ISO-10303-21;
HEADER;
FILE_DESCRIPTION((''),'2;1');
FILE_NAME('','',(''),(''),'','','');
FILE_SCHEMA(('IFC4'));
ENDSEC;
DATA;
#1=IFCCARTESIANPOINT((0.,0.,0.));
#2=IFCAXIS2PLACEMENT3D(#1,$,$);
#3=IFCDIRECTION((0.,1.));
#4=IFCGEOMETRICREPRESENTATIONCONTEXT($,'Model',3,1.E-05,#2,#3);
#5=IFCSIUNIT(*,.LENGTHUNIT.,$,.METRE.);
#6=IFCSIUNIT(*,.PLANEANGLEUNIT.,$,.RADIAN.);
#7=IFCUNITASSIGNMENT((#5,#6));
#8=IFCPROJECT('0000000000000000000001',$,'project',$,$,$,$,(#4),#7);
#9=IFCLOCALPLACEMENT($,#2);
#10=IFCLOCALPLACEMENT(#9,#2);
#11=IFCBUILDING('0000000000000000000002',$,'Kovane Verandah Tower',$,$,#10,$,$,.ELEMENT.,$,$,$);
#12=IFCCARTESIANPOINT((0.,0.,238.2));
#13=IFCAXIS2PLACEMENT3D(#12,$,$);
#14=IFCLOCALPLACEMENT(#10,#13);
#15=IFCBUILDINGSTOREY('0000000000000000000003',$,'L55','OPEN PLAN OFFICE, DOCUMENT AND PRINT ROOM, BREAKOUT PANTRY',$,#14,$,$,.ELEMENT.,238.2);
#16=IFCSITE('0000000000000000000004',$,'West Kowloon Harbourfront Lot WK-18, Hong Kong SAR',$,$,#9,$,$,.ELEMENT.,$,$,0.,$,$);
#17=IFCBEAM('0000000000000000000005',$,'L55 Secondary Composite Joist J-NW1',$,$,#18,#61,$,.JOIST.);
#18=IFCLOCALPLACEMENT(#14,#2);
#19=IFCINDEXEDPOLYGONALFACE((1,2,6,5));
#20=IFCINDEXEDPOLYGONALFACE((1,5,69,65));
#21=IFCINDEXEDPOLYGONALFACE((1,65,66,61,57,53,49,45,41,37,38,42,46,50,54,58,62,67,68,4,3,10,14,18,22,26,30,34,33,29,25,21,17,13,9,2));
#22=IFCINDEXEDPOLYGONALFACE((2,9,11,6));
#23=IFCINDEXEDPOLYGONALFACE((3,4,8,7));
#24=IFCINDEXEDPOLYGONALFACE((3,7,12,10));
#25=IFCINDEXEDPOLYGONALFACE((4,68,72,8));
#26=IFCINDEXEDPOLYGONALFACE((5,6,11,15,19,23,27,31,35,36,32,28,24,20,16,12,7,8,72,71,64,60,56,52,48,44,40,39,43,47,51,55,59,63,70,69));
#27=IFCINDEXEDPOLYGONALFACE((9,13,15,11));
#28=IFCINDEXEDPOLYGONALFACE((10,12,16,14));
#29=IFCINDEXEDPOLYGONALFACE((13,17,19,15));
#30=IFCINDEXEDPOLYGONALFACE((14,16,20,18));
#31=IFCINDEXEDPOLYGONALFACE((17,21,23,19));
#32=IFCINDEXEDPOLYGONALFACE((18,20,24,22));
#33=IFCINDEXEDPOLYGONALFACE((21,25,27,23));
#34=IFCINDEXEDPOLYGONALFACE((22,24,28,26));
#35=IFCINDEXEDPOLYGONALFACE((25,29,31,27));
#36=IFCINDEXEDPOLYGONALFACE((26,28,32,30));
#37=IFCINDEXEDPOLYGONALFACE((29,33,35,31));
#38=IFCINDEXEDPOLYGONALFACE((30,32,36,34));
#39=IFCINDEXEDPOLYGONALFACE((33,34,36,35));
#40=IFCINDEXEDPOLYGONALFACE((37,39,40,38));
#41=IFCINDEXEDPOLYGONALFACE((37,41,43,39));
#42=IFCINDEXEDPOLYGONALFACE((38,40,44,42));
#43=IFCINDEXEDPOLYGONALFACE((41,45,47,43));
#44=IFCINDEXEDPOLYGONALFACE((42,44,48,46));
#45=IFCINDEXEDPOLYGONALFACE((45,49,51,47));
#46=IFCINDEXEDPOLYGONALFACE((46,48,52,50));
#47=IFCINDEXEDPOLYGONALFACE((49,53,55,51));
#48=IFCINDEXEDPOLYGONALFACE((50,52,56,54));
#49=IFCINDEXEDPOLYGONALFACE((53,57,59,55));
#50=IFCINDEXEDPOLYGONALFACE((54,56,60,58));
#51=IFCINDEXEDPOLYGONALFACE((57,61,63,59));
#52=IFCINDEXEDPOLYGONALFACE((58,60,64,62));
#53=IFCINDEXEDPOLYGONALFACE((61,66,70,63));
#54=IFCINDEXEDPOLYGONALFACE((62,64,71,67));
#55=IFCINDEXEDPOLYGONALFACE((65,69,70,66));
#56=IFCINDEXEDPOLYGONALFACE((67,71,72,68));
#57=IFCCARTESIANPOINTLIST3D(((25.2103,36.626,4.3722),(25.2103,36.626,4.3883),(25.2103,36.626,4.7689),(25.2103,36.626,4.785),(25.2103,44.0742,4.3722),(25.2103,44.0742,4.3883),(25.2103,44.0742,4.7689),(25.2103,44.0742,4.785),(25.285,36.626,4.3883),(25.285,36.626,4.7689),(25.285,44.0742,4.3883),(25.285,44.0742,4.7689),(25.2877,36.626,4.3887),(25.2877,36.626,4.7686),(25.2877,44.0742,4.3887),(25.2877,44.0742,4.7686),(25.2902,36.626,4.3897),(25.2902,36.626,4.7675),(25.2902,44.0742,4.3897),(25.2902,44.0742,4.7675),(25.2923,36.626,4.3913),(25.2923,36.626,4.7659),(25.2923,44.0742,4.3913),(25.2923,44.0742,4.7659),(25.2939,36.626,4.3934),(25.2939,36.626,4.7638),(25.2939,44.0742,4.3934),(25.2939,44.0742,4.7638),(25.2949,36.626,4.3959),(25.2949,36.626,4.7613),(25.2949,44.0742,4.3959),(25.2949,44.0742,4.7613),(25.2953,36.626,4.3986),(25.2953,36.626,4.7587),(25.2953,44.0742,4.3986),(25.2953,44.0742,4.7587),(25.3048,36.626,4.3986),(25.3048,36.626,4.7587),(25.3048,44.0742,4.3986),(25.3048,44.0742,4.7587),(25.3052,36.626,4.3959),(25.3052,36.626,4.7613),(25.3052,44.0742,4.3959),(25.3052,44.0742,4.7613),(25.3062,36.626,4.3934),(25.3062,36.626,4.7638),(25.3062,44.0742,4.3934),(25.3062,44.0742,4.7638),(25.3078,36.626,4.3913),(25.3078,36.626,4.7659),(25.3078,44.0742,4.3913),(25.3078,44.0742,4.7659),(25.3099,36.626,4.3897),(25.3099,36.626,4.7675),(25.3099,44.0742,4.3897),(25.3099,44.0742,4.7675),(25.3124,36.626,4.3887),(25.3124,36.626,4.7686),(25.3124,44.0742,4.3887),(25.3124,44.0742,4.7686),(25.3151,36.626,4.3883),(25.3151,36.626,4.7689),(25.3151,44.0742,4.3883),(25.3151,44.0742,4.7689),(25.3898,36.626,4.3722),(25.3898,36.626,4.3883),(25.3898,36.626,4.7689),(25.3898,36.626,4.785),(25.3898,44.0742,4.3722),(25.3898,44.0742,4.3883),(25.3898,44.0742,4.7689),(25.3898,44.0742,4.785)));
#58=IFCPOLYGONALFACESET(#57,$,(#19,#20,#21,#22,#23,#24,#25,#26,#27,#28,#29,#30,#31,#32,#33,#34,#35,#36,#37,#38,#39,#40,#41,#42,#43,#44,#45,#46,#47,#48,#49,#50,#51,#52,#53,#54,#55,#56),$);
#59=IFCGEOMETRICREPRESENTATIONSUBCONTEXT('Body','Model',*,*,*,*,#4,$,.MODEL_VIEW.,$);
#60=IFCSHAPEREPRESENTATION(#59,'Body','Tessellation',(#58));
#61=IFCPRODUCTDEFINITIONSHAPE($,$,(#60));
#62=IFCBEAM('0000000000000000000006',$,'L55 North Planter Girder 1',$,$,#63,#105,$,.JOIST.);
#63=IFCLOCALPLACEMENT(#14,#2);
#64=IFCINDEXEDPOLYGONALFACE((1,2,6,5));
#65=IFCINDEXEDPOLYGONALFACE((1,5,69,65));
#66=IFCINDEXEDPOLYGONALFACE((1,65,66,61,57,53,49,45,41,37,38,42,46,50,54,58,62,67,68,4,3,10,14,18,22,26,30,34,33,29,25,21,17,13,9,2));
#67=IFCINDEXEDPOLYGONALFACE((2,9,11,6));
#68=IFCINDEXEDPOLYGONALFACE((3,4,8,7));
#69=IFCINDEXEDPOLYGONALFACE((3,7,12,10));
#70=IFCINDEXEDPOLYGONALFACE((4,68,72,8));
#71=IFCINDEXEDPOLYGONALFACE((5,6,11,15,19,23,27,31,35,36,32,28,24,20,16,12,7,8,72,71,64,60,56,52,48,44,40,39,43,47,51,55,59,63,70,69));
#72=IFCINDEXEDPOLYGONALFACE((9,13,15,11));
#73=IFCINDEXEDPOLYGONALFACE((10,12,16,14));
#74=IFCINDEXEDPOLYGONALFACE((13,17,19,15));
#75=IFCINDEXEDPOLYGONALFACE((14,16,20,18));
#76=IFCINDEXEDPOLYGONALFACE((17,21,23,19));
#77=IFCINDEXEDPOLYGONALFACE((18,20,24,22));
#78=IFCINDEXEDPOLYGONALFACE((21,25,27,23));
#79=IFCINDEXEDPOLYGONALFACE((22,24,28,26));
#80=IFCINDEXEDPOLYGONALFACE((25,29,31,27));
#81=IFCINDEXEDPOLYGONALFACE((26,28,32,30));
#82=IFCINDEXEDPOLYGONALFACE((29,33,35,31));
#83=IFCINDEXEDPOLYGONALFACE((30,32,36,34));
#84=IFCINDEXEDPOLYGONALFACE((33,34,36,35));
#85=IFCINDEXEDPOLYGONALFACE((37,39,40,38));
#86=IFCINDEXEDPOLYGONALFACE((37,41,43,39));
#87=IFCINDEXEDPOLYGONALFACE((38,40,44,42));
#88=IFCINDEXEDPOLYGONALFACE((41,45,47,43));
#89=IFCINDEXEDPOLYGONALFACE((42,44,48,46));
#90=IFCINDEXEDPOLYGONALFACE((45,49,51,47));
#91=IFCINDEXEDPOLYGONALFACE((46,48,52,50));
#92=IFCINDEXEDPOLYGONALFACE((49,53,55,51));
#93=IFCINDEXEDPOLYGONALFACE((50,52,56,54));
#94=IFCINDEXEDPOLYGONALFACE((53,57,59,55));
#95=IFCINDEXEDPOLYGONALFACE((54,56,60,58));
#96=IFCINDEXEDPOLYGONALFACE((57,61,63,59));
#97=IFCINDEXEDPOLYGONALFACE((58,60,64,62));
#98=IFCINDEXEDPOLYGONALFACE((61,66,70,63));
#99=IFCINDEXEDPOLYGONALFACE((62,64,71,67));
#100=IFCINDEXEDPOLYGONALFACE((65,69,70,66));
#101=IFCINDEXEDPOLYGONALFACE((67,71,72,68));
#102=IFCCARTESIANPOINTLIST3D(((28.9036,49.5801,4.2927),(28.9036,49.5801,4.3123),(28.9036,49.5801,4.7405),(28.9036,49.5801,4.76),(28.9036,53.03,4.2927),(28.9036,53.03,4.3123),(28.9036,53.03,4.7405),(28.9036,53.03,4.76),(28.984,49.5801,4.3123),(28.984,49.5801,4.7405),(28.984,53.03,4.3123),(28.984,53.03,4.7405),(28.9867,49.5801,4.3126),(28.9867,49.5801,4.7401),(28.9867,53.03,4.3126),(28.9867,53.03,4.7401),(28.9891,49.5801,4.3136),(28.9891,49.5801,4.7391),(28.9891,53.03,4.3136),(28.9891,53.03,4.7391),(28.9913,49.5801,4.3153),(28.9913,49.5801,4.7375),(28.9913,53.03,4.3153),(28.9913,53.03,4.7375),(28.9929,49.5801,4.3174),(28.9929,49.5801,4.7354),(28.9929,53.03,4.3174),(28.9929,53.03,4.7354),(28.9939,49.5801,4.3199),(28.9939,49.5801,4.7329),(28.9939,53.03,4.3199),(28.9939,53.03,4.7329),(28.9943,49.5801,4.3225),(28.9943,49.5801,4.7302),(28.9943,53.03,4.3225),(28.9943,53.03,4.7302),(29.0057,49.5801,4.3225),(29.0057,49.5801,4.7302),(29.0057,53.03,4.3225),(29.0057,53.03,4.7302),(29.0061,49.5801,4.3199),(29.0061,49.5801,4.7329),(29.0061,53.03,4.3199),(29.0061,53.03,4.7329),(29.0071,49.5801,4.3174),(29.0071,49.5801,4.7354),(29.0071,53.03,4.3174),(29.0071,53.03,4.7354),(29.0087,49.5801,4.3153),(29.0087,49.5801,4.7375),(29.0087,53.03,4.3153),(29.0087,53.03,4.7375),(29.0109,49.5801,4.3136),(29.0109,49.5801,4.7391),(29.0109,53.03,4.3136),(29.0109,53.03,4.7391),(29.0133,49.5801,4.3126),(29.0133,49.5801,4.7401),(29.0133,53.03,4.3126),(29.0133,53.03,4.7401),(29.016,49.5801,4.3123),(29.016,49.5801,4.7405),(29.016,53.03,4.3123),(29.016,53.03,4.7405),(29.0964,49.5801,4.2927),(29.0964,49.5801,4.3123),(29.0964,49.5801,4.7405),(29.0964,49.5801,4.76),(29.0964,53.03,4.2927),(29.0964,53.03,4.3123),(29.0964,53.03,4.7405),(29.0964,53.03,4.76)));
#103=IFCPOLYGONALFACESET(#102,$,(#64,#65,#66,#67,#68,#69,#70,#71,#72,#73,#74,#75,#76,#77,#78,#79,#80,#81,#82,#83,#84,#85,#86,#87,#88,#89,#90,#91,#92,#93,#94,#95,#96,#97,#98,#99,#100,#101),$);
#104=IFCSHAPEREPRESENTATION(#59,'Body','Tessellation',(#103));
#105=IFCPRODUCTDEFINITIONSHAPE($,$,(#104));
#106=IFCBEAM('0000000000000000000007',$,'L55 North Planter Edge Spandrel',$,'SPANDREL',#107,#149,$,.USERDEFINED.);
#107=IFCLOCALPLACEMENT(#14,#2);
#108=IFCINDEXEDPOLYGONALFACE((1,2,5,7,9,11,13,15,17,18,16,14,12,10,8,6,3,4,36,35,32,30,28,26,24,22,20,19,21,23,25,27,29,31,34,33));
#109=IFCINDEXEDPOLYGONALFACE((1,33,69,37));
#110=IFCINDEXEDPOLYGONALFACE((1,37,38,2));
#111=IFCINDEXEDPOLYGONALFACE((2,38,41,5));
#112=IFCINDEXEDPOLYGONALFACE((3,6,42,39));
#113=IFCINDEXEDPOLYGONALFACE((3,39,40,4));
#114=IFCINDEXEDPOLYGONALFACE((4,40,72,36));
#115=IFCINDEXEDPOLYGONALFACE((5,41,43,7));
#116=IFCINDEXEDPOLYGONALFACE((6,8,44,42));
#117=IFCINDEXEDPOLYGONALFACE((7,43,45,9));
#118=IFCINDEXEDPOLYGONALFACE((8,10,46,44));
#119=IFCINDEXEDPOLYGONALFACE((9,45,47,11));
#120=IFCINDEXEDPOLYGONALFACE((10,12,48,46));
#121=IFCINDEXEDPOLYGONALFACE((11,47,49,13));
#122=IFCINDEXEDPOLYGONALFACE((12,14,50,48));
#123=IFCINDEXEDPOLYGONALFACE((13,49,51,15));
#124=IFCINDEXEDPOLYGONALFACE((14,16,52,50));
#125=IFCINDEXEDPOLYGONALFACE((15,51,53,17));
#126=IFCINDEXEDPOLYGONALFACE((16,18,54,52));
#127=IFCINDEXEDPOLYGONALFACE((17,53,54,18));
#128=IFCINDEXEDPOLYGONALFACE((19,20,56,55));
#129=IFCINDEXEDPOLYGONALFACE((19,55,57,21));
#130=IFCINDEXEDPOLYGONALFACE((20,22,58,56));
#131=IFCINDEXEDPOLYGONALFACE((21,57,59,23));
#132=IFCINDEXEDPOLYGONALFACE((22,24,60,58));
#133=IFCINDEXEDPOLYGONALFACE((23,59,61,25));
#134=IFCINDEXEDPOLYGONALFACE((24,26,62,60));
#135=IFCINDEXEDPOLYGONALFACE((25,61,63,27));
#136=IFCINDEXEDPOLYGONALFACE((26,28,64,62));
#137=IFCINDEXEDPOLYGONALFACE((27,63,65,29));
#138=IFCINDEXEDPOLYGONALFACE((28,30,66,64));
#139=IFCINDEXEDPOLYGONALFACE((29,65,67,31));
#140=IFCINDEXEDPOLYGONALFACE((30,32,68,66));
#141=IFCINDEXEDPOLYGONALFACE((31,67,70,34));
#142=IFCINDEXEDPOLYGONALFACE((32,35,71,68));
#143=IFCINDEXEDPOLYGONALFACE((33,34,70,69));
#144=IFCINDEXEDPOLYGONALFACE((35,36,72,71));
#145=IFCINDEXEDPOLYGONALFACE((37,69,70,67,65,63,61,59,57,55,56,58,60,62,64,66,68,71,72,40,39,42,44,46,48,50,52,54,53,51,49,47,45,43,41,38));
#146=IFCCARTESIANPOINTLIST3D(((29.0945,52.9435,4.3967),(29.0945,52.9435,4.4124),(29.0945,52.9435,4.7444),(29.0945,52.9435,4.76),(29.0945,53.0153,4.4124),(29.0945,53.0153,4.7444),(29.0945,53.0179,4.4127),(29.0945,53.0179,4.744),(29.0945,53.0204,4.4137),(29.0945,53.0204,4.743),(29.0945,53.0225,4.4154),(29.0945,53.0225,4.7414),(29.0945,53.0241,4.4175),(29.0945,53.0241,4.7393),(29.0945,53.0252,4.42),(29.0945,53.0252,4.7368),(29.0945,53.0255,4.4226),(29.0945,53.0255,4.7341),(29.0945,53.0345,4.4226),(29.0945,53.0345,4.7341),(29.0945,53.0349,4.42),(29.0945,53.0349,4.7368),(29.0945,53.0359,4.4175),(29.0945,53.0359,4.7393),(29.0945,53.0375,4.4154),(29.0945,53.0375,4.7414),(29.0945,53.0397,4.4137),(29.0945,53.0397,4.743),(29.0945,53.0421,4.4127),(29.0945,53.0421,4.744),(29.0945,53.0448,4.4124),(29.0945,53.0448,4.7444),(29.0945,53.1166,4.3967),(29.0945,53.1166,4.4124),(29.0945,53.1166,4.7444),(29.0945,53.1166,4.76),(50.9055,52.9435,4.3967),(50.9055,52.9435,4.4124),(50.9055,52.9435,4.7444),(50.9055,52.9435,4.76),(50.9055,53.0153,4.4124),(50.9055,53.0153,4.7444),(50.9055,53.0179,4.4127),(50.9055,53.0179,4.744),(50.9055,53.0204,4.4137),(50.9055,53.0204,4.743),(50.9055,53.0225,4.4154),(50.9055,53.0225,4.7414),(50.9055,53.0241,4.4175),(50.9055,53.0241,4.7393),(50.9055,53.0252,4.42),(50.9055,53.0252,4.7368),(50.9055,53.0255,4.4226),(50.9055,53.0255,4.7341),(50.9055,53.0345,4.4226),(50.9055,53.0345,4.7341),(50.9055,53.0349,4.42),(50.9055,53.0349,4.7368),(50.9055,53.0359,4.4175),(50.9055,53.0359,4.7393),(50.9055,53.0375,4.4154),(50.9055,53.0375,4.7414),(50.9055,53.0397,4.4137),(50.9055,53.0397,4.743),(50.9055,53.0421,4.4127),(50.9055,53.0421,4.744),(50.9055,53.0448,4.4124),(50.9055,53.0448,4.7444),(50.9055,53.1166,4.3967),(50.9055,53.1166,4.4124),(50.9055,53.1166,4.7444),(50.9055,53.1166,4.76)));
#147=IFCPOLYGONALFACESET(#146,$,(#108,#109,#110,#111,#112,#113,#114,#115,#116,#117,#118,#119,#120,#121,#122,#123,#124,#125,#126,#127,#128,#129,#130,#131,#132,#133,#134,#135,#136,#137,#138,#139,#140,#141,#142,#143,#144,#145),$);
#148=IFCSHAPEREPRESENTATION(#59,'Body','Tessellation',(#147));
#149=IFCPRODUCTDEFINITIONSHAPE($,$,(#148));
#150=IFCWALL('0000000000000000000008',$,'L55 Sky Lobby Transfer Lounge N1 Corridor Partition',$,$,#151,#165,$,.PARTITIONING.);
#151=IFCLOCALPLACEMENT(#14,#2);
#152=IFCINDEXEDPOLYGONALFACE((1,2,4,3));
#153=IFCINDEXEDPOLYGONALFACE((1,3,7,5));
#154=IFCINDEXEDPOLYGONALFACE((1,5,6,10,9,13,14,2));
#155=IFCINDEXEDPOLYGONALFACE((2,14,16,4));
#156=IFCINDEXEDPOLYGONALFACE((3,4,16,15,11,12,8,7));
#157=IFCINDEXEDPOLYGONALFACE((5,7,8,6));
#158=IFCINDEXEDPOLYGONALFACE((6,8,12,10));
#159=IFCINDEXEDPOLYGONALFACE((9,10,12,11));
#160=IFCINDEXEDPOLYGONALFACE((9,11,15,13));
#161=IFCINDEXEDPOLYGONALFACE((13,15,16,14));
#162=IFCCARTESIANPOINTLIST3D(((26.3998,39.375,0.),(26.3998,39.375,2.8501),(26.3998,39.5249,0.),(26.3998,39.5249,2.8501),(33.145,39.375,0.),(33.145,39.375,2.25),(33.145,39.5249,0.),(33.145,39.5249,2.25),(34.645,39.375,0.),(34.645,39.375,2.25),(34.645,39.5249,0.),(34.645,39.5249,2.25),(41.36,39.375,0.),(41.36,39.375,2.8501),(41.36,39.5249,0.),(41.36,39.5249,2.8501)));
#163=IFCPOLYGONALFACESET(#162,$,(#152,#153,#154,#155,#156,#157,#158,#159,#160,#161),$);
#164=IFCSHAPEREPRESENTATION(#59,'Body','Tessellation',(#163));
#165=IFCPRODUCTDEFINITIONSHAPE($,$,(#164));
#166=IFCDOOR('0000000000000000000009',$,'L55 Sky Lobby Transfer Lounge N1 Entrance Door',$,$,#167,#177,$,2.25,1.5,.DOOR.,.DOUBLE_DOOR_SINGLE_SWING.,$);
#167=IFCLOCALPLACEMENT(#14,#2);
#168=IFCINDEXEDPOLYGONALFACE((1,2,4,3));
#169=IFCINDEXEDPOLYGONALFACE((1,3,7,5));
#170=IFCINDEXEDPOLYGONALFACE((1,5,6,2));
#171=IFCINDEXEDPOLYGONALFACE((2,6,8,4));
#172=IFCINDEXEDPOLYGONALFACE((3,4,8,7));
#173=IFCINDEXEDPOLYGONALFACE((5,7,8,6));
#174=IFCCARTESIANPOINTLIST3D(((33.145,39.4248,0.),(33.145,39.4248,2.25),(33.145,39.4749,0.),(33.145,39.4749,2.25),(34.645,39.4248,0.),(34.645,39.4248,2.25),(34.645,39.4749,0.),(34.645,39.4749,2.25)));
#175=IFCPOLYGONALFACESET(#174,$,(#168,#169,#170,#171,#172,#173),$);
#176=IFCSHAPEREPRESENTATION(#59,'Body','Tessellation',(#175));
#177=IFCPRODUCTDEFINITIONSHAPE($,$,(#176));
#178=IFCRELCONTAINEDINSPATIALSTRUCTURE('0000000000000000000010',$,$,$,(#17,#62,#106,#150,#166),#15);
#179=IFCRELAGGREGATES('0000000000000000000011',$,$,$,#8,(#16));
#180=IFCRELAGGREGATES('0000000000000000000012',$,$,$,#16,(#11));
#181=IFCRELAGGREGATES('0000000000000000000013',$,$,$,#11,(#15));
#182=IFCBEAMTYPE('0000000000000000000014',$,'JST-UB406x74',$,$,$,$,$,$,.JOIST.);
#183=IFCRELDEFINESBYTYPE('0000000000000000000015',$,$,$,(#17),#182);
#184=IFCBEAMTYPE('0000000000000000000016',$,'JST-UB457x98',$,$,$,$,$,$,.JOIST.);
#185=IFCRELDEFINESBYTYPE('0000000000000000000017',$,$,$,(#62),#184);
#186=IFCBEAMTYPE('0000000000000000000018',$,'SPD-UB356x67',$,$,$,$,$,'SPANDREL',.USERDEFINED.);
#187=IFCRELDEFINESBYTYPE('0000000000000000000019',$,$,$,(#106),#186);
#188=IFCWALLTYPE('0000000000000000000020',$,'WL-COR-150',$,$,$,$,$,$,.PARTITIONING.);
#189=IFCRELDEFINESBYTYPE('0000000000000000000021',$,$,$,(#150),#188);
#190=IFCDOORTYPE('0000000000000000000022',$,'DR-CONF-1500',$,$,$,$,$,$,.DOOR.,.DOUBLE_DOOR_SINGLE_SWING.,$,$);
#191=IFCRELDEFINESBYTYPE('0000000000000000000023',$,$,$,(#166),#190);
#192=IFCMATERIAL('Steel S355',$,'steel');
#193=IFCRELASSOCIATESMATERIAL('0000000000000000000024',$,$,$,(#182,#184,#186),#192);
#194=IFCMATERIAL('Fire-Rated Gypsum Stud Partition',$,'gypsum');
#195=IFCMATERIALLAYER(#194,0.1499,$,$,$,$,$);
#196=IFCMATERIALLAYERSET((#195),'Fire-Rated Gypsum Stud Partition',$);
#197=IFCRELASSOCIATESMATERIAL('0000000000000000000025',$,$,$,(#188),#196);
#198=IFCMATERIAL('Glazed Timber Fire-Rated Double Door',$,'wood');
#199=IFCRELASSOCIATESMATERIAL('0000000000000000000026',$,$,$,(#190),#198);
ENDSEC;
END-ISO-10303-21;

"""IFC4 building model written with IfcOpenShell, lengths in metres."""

from ifc_helpers import new_model, si_unit, direction, frame, frame_2d, origin, origin_2d, place, context, subcontext, project, spatial, rectangle, i_section, extrude, material, layer, layer_set, material_profile, profile_set, type_object, element, fill, save


model = new_model("IFC4")

# Units and contexts
model_context = context("Model", 3, precision=1e-05, world=origin(), true_north=direction((0.0, 1.0)))
body_context = subcontext(model_context, "Body", "Model", "MODEL_VIEW")
ifc_project = project(units=[si_unit("LENGTHUNIT", "METRE"), si_unit("PLANEANGLEUNIT", "RADIAN")], contexts=[model_context])

# Site, building, storey
site_placement = place(None, origin())
site = spatial("IfcSite", under=ifc_project, at=site_placement, Name="West Kowloon Harbourfront Lot WK-18, Hong Kong SAR", CompositionType="ELEMENT", RefElevation=0.0)
building_placement = place(site_placement, origin())
building = spatial("IfcBuilding", under=site, at=building_placement, Name="Kovane Verandah Tower", CompositionType="ELEMENT")
storey_placement = place(building_placement, frame((0.0, 0.0, 238.2)))
storey = spatial("IfcBuildingStorey", under=building, at=storey_placement, Name="L55", Description="OPEN PLAN OFFICE, DOCUMENT AND PRINT ROOM, BREAKOUT PANTRY", CompositionType="ELEMENT", Elevation=238.2)

# Beams
ifc_material_1 = material(Name="Steel S355", Category="steel")
ifc_material_profile_1 = material_profile(ifc_material_1, i_section(OverallWidth=0.1794, OverallDepth=0.4128, WebThickness=0.0095, FlangeThickness=0.0161, FilletRadius=0.0103, at=origin_2d()), Name="UB406x178x74")
ifc_profile_set_1 = profile_set([ifc_material_profile_1], Name="Steel S355")
beam_type_1 = type_object("IfcBeamType", Name="JST-UB406x74", PredefinedType="JOIST", material=ifc_profile_set_1)
beam_1_placement = place(storey_placement, frame((25.3, 36.626, 4.5786), z_axis=(0.0, 1.0, 0.0), x_axis=(-1.0, 0.0, 0.0)))
element("IfcBeam", 1, at=beam_1_placement, inside=storey, type_object=beam_type_1, Name="L55 Secondary Composite Joist J-NW1", PredefinedType="JOIST", context=body_context, shape_type="SweptSolid", body=[
    extrude(i_section(OverallWidth=0.1794, OverallDepth=0.4128, WebThickness=0.0095, FlangeThickness=0.0161, FilletRadius=0.0103, at=origin_2d()), origin(), (0.0, 0.0, 1.0), 7.4482),
])
ifc_material_profile_2 = material_profile(ifc_material_1, i_section(OverallWidth=0.1929, OverallDepth=0.4673, WebThickness=0.0115, FlangeThickness=0.0195, FilletRadius=0.0103, at=origin_2d()), Name="UB457x191x98")
ifc_profile_set_2 = profile_set([ifc_material_profile_2], Name="Steel S355")
beam_type_2 = type_object("IfcBeamType", Name="JST-UB457x98", PredefinedType="JOIST", material=ifc_profile_set_2)
beam_2_placement = place(storey_placement, frame((29.0, 49.5801, 4.5264), z_axis=(0.0, 1.0, 0.0), x_axis=(-1.0, 0.0, 0.0)))
element("IfcBeam", 2, at=beam_2_placement, inside=storey, type_object=beam_type_2, Name="L55 North Planter Girder 1", PredefinedType="JOIST", context=body_context, shape_type="SweptSolid", body=[
    extrude(i_section(OverallWidth=0.1929, OverallDepth=0.4673, WebThickness=0.0115, FlangeThickness=0.0195, FilletRadius=0.0103, at=origin_2d()), origin(), (0.0, 0.0, 1.0), 3.45),
])
ifc_material_profile_3 = material_profile(ifc_material_1, i_section(OverallWidth=0.1731, OverallDepth=0.3633, WebThickness=0.009, FlangeThickness=0.0156, FilletRadius=0.0103, at=origin_2d()), Name="UB356x171x67")
ifc_profile_set_3 = profile_set([ifc_material_profile_3], Name="Steel S355")
beam_type_3 = type_object("IfcBeamType", Name="SPD-UB356x67", ElementType="SPANDREL", PredefinedType="USERDEFINED", material=ifc_profile_set_3)
beam_3_placement = place(storey_placement, frame((29.0945, 53.03, 4.5784), z_axis=(1.0, 0.0, 0.0), x_axis=(0.0, 1.0, 0.0)))
element("IfcBeam", 3, at=beam_3_placement, inside=storey, type_object=beam_type_3, Name="L55 North Planter Edge Spandrel", ObjectType="SPANDREL", PredefinedType="USERDEFINED", context=body_context, shape_type="SweptSolid", body=[
    extrude(i_section(OverallWidth=0.1731, OverallDepth=0.3633, WebThickness=0.009, FlangeThickness=0.0156, FilletRadius=0.0103, at=origin_2d()), origin(), (0.0, 0.0, 1.0), 21.811),
])

# Wall, opening, door
ifc_material_2 = material(Name="Fire-Rated Gypsum Stud Partition", Category="gypsum")
ifc_layer_1 = layer(ifc_material_2, 0.1499)
ifc_layer_set_1 = layer_set([ifc_layer_1], Name="Fire-Rated Gypsum Stud Partition")
wall_type_1 = type_object("IfcWallType", Name="WL-COR-150", PredefinedType="PARTITIONING", material=ifc_layer_set_1)
wall_1_placement = place(storey_placement, frame((26.3999, 39.45, 0.0), z_axis=(0.0, 0.0, 1.0), x_axis=(1.0, 0.0, 0.0)))
wall_1 = element("IfcWall", 4, at=wall_1_placement, inside=storey, type_object=wall_type_1, Name="L55 Sky Lobby Transfer Lounge N1 Corridor Partition", PredefinedType="PARTITIONING", context=body_context, shape_type="SweptSolid", body=[
    extrude(rectangle(XDim=14.9602, YDim=0.1499, at=frame_2d((7.48, 0.0))), origin(), (0.0, 0.0, 1.0), 2.8501),
])
opening_1_placement = place(wall_1_placement, frame((6.7451, 0.0, 0.0)))
opening_1 = element("IfcOpeningElement", 5, at=opening_1_placement, cuts=wall_1, PredefinedType="OPENING", context=body_context, shape_type="SweptSolid", body=[
    extrude(rectangle(XDim=1.5, YDim=2.25, at=frame_2d((0.75, 1.125))), frame((0.0, 0.075, 0.0), z_axis=(0.0, -1.0, 0.0), x_axis=(1.0, 0.0, 0.0)), (0.0, 0.0, 1.0), 0.1499),
])
ifc_material_3 = material(Name="Glazed Timber Fire-Rated Double Door", Category="wood")
door_type_1 = type_object("IfcDoorType", Name="DR-CONF-1500", OperationType="DOUBLE_DOOR_SINGLE_SWING", PredefinedType="DOOR", material=ifc_material_3)
door_1_placement = place(opening_1_placement, origin())
door_1 = element("IfcDoor", 6, at=door_1_placement, inside=storey, type_object=door_type_1, Name="L55 Sky Lobby Transfer Lounge N1 Entrance Door", OperationType="DOUBLE_DOOR_SINGLE_SWING", OverallHeight=2.25, OverallWidth=1.5, PredefinedType="DOOR", context=body_context, shape_type="SweptSolid", body=[
    extrude(rectangle(XDim=1.5, YDim=2.25, at=frame_2d((0.75, 1.125))), frame((0.0, 0.0249, 0.0), z_axis=(0.0, -1.0, 0.0), x_axis=(1.0, 0.0, 0.0)), (0.0, 0.0, 1.0), 0.05),
])
fill(opening_1, door_1)

save(model, "model.ifc")
